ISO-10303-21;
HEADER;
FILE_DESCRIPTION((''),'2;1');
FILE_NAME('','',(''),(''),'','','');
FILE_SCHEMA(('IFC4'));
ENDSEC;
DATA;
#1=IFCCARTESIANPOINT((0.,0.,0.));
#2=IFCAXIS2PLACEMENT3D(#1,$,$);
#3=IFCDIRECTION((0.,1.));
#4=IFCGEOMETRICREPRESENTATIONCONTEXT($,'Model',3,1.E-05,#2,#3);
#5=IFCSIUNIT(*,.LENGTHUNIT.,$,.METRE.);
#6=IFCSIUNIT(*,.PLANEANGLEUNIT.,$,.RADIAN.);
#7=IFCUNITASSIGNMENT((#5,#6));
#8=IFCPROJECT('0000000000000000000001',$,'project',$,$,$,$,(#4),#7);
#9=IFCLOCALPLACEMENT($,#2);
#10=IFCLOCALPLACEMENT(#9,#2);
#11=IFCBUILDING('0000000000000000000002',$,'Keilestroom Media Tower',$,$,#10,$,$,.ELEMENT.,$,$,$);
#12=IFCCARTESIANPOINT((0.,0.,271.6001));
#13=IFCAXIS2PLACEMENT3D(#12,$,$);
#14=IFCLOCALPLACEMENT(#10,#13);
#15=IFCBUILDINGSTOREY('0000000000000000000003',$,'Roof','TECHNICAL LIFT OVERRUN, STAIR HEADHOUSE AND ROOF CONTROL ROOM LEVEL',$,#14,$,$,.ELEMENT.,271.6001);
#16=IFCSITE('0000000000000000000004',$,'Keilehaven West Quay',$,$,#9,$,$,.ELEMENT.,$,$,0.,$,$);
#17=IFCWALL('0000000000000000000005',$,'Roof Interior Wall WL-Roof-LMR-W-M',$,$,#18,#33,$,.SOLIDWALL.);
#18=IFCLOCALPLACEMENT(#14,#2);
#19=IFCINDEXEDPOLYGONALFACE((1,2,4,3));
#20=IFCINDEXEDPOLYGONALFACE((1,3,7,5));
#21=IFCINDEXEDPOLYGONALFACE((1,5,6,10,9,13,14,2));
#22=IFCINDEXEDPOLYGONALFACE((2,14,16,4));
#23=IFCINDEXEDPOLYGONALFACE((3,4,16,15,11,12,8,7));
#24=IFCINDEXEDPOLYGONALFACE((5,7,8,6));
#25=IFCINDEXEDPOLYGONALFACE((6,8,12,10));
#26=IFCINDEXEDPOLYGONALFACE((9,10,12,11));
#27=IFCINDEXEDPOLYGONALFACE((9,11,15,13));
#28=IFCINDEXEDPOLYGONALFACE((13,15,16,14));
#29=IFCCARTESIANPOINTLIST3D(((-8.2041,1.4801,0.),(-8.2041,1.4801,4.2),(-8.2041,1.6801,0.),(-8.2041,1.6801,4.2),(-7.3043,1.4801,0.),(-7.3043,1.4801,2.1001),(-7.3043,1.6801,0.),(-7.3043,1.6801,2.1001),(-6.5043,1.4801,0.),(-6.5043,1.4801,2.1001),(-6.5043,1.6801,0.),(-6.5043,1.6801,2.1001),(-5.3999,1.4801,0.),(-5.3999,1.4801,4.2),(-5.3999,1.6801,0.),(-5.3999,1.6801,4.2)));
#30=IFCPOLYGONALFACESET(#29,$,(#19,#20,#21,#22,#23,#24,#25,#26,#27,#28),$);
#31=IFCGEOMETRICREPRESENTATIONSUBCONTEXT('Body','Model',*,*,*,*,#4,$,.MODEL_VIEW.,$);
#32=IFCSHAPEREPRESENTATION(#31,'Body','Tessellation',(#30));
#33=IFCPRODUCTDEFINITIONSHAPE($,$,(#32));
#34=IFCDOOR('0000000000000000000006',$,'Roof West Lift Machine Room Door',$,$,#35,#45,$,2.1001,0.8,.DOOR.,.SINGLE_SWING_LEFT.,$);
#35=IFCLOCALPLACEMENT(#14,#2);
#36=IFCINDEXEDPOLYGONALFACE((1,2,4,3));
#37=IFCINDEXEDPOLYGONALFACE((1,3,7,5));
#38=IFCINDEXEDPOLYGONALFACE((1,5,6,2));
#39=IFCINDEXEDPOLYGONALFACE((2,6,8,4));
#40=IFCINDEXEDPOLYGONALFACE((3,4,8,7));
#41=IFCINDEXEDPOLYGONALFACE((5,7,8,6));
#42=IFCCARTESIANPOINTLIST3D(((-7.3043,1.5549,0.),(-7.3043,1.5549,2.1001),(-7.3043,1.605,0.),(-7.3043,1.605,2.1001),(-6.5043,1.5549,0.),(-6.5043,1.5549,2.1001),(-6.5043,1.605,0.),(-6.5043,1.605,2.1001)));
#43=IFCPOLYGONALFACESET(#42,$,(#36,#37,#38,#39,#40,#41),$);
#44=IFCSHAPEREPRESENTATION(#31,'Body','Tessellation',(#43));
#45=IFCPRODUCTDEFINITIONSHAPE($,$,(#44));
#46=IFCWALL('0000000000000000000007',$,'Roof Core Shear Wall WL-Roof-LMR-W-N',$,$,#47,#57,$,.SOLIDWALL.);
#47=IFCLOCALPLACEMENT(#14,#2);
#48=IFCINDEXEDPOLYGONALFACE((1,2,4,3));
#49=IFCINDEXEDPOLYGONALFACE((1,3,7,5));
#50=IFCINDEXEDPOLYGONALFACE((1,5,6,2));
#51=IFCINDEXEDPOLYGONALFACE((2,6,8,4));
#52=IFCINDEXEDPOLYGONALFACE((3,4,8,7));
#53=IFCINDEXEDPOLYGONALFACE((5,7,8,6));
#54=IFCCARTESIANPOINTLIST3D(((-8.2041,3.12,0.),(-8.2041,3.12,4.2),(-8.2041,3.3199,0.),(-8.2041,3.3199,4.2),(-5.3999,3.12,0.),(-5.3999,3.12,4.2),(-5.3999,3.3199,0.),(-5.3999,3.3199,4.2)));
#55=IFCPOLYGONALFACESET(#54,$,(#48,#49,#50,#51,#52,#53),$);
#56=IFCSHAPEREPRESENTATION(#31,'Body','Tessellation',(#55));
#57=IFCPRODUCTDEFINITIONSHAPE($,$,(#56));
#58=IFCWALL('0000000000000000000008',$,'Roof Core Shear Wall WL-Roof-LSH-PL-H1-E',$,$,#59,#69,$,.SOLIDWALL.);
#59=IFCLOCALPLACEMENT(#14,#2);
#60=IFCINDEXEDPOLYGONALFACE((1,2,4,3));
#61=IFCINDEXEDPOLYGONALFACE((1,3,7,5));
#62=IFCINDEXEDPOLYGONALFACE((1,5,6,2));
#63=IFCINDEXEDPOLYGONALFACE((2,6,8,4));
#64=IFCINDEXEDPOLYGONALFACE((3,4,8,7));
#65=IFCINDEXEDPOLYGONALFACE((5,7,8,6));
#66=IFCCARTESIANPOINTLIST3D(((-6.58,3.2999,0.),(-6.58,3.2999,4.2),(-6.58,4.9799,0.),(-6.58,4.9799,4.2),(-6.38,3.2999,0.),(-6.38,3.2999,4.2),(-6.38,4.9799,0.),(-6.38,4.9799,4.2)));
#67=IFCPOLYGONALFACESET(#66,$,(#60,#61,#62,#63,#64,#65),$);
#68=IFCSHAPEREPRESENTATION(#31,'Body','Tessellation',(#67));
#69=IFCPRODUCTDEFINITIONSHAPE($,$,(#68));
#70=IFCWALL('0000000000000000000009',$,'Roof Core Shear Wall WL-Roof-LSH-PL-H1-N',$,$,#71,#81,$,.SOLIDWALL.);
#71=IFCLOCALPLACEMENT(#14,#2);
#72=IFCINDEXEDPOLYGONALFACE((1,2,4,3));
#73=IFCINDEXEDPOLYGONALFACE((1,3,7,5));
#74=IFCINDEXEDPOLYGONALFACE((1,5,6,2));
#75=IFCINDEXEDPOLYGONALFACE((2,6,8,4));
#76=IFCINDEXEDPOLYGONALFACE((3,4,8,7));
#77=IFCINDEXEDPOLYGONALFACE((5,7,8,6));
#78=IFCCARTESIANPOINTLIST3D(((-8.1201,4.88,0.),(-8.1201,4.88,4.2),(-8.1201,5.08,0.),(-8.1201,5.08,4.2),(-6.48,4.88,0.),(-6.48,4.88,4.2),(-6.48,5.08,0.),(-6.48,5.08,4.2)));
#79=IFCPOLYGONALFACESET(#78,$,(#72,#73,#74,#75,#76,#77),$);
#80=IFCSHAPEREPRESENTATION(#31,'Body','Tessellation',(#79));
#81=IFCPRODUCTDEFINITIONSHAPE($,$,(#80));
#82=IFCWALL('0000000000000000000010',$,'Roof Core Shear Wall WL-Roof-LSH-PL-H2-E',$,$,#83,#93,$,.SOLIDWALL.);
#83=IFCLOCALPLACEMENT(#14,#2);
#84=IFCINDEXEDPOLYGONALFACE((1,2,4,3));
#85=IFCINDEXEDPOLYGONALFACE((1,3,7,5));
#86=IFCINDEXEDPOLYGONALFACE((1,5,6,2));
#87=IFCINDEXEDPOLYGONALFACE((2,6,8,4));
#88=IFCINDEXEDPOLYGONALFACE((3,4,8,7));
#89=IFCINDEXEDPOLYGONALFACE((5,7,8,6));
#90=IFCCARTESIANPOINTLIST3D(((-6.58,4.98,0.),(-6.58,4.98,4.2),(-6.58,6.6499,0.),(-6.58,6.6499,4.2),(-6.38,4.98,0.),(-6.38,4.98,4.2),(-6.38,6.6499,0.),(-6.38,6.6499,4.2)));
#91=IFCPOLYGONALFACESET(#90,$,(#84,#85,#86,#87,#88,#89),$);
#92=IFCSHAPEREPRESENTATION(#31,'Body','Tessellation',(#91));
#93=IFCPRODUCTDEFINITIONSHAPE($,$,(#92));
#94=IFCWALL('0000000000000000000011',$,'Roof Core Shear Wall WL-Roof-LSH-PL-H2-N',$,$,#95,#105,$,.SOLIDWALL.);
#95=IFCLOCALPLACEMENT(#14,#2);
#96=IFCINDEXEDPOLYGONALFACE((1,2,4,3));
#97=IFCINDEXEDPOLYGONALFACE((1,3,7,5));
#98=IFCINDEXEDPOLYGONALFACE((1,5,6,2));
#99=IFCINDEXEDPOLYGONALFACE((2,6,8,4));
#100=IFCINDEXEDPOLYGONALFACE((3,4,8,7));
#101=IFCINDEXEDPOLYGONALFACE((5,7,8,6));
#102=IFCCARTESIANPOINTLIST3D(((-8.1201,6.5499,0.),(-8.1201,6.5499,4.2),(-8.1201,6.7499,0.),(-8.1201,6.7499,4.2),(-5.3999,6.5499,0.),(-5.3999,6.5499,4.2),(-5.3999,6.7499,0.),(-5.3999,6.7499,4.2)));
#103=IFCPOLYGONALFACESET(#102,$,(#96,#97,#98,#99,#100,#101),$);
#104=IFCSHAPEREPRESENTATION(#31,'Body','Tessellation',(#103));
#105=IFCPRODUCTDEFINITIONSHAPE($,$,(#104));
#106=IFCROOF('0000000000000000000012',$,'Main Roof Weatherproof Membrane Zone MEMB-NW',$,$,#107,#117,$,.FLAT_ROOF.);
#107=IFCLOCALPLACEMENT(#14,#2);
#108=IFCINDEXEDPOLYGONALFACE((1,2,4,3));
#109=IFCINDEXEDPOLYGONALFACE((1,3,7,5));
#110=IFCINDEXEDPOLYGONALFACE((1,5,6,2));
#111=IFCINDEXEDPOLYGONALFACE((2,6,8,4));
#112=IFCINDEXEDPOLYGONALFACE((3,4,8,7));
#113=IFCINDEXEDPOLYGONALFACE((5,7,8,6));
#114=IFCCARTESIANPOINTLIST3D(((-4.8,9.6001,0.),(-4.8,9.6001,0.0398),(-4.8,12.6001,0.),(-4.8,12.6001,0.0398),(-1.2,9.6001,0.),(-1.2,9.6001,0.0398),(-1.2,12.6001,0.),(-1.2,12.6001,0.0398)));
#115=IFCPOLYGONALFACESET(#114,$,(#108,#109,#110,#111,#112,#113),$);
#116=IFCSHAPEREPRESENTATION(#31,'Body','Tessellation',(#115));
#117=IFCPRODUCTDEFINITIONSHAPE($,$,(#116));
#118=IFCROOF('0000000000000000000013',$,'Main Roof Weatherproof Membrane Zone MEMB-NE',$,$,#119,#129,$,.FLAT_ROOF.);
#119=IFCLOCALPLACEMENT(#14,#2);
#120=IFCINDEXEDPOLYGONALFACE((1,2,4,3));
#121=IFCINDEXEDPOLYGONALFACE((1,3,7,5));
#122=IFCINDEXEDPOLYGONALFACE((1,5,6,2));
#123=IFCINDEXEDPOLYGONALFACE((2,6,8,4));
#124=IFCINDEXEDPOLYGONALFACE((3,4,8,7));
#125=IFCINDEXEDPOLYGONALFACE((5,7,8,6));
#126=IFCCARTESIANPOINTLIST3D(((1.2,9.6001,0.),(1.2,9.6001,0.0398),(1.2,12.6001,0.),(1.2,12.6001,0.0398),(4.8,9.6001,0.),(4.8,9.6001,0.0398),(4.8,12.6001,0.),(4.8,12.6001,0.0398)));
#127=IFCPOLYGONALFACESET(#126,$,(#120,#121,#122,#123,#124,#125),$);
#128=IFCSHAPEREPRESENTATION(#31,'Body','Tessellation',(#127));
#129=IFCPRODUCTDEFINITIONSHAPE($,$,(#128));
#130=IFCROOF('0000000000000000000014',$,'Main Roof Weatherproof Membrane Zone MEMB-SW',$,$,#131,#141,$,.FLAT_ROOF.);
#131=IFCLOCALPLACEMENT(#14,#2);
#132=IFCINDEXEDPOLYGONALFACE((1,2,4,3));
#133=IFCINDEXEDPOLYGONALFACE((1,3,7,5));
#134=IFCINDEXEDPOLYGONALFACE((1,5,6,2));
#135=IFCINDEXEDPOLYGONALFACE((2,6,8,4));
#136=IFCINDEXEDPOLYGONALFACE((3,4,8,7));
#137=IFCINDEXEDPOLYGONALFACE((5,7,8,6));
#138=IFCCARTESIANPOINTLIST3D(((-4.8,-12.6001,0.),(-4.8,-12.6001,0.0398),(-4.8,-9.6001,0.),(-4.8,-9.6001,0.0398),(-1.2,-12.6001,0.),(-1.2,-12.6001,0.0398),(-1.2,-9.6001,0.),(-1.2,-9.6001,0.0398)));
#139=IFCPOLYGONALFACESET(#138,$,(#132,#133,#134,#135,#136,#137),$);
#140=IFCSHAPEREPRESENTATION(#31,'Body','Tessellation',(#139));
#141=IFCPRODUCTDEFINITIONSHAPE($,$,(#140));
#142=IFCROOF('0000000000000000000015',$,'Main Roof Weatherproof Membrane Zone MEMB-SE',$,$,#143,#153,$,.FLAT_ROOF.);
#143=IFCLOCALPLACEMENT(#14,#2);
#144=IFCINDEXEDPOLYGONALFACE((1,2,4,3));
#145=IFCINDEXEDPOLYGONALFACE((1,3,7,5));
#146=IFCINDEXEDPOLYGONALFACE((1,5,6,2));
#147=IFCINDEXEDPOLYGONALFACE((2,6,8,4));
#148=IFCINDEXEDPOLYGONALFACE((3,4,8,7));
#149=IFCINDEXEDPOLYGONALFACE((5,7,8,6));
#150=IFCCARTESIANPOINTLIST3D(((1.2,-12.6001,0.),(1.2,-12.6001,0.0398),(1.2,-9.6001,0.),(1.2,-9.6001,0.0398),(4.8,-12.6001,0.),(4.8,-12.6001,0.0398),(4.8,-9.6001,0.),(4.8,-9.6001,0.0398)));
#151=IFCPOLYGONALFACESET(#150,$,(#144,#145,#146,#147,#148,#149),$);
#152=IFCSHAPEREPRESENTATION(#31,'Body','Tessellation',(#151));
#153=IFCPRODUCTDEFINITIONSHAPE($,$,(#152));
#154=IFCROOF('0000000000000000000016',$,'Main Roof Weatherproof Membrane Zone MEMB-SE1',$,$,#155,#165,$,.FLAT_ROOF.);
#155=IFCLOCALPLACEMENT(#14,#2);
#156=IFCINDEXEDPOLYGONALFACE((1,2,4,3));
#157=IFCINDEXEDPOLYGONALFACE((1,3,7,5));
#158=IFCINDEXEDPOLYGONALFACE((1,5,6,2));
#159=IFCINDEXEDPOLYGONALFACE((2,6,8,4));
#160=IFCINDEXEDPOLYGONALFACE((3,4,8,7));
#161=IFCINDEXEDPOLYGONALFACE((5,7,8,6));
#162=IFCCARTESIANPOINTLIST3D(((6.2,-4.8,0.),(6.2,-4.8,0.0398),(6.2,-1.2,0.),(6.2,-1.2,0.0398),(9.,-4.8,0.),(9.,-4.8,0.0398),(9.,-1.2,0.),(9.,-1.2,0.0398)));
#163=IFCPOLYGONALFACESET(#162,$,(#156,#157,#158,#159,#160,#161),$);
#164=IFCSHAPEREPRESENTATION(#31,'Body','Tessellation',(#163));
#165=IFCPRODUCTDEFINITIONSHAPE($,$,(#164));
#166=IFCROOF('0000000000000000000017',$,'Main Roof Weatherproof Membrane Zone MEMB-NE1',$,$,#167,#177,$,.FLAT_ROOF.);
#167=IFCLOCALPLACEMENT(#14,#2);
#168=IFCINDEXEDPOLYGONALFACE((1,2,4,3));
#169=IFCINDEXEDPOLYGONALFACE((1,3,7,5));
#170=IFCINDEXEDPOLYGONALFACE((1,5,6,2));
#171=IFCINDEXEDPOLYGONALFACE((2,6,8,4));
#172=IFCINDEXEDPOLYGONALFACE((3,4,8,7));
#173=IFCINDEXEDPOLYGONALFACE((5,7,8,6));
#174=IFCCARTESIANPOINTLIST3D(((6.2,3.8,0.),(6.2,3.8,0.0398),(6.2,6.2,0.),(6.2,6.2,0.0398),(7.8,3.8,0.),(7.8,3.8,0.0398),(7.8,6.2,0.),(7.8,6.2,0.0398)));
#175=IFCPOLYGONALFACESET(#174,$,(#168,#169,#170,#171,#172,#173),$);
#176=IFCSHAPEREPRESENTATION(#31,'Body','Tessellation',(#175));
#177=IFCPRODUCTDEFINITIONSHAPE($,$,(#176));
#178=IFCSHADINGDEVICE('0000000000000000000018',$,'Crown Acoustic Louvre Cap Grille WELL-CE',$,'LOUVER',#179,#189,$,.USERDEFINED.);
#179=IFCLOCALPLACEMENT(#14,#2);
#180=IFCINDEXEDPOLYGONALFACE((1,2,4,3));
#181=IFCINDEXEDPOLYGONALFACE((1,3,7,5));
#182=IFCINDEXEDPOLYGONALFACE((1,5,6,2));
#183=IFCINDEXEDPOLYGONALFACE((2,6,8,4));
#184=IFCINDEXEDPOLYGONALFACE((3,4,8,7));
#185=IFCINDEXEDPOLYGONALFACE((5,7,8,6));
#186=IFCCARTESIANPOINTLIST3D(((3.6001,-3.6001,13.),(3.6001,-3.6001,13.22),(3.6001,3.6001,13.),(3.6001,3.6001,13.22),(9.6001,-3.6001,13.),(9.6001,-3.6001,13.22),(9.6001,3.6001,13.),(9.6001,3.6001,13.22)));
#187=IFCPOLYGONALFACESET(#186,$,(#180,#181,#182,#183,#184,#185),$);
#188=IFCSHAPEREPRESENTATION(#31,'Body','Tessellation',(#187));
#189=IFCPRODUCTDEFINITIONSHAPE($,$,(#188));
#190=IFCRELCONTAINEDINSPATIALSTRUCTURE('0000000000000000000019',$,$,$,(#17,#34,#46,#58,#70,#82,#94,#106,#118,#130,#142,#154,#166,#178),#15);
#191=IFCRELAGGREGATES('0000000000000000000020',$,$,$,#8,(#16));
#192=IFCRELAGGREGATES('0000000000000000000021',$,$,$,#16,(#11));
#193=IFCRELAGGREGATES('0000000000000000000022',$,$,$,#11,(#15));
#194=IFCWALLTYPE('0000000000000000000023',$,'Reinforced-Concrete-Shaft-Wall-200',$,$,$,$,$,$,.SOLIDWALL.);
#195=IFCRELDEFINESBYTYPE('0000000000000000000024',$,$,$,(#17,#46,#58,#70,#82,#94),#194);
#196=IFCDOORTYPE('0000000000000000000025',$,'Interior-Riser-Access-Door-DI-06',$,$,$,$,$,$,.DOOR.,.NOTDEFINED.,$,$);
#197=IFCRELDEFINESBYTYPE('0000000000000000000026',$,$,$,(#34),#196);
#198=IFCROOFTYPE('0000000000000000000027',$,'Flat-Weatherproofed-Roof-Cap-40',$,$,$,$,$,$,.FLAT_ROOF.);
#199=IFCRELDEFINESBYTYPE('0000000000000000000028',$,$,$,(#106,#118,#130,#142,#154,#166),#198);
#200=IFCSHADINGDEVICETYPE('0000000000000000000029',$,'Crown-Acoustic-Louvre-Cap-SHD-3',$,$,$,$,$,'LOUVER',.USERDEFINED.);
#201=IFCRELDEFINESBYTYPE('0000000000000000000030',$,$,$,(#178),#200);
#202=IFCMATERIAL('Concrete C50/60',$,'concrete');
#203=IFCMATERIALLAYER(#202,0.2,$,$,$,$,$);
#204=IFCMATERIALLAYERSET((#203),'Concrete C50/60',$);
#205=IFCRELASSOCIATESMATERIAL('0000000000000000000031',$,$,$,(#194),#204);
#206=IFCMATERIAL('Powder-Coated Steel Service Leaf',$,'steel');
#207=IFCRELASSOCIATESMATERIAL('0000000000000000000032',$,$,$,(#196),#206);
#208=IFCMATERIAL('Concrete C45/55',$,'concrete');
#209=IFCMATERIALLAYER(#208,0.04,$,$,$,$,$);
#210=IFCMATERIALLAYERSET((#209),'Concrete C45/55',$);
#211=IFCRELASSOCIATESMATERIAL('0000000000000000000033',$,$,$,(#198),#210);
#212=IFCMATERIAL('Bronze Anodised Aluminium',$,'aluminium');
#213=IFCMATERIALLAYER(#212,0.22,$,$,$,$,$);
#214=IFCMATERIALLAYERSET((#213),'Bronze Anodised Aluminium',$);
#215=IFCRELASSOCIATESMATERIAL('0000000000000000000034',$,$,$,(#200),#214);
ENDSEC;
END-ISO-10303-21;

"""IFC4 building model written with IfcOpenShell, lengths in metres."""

from ifc_helpers import new_model, si_unit, direction, frame, frame_2d, origin, place, context, subcontext, project, spatial, polyline, rectangle, outline, extrude, source, transform, mapped, material, layer, layer_set, type_object, element, fill, save


model = new_model("IFC4")

# Units and contexts
model_context = context("Model", 3, precision=1e-05, world=origin(), true_north=direction((0.0, 1.0)))
body_context = subcontext(model_context, "Body", "Model", "MODEL_VIEW")
ifc_project = project(units=[si_unit("LENGTHUNIT", "METRE"), si_unit("PLANEANGLEUNIT", "RADIAN")], contexts=[model_context])

# Site, building, storey
site_placement = place(None, origin())
site = spatial("IfcSite", under=ifc_project, at=site_placement, Name="Keilehaven West Quay", CompositionType="ELEMENT", RefElevation=0.0)
building_placement = place(site_placement, origin())
building = spatial("IfcBuilding", under=site, at=building_placement, Name="Keilestroom Media Tower", CompositionType="ELEMENT")
storey_placement = place(building_placement, frame((0.0, 0.0, 271.6001)))
storey = spatial("IfcBuildingStorey", under=building, at=storey_placement, Name="Roof", Description="TECHNICAL LIFT OVERRUN, STAIR HEADHOUSE AND ROOF CONTROL ROOM LEVEL", CompositionType="ELEMENT", Elevation=271.6001)

# Shared definitions
ifc_material_1 = material(Name="Bronze Anodised Aluminium", Category="aluminium")

# Wall, opening, door
ifc_material_2 = material(Name="Concrete C50/60", Category="concrete")
ifc_layer_1 = layer(ifc_material_2, 0.2)
ifc_layer_set_1 = layer_set([ifc_layer_1], Name="Concrete C50/60")
wall_type = type_object("IfcWallType", Name="Reinforced-Concrete-Shaft-Wall-200", PredefinedType="SOLIDWALL", material=ifc_layer_set_1)
wall_1_placement = place(storey_placement, frame((-8.2041, 1.5801, 0.0), z_axis=(0.0, 0.0, 1.0), x_axis=(1.0, 0.0, 0.0)))
wall_1 = element("IfcWall", 1, at=wall_1_placement, inside=storey, type_object=wall_type, Name="Roof Interior Wall WL-Roof-LMR-W-M", PredefinedType="SOLIDWALL", context=body_context, shape_type="SweptSolid", body=[
    extrude(rectangle(XDim=2.8042, YDim=0.2, at=frame_2d((1.4021, 0.0))), origin(), (0.0, 0.0, 1.0), 4.2),
])
opening_placement = place(wall_1_placement, frame((0.8999, 0.0, 0.0)))
opening = element("IfcOpeningElement", 2, at=opening_placement, cuts=wall_1, PredefinedType="OPENING", context=body_context, shape_type="SweptSolid", body=[
    extrude(rectangle(XDim=0.8, YDim=2.1001, at=frame_2d((0.3999, 1.05))), frame((0.0, 0.1099, 0.0), z_axis=(0.0, -1.0, 0.0), x_axis=(1.0, 0.0, 0.0)), (0.0, 0.0, 1.0), 0.22),
])
ifc_material_3 = material(Name="Powder-Coated Steel Service Leaf", Category="steel")
door_type = type_object("IfcDoorType", Name="Interior-Riser-Access-Door-DI-06", OperationType="NOTDEFINED", PredefinedType="DOOR", material=ifc_material_3)
shared_shape_1 = source(origin(), body_context, "Body", "SweptSolid", [
    extrude(rectangle(XDim=0.8, YDim=2.1001, at=frame_2d((0.3999, 1.05))), frame((0.0, 0.0249, 0.0), z_axis=(0.0, -1.0, 0.0), x_axis=(1.0, 0.0, 0.0)), (0.0, 0.0, 1.0), 0.05),
])
door_placement = place(opening_placement, origin())
door = element("IfcDoor", 3, at=door_placement, inside=storey, type_object=door_type, Name="Roof West Lift Machine Room Door", OperationType="SINGLE_SWING_LEFT", OverallHeight=2.1001, OverallWidth=0.8, PredefinedType="DOOR", context=body_context, shape_type="MappedRepresentation", body=[
    mapped(shared_shape_1, transform((0.0, 0.0, 0.0), x_axis=(1.0, 0.0, 0.0), y_axis=(0.0, 1.0, 0.0), z_axis=(0.0, 0.0, 1.0), scale=1.0)),
])
fill(opening, door)

# Walls
wall_2_placement = place(storey_placement, frame((-8.2041, 3.22, 0.0), z_axis=(0.0, 0.0, 1.0), x_axis=(1.0, 0.0, 0.0)))
element("IfcWall", 4, at=wall_2_placement, inside=storey, type_object=wall_type, Name="Roof Core Shear Wall WL-Roof-LMR-W-N", PredefinedType="SOLIDWALL", context=body_context, shape_type="SweptSolid", body=[
    extrude(rectangle(XDim=2.8042, YDim=0.2, at=frame_2d((1.4021, 0.0))), origin(), (0.0, 0.0, 1.0), 4.2),
])
wall_3_placement = place(storey_placement, frame((-6.48, 3.3, 0.0), z_axis=(0.0, 0.0, 1.0), x_axis=(0.0, 1.0, 0.0)))
element("IfcWall", 5, at=wall_3_placement, inside=storey, type_object=wall_type, Name="Roof Core Shear Wall WL-Roof-LSH-PL-H1-E", PredefinedType="SOLIDWALL", context=body_context, shape_type="SweptSolid", body=[
    extrude(rectangle(XDim=1.6799, YDim=0.2, at=frame_2d((0.8398, 0.0))), origin(), (0.0, 0.0, 1.0), 4.2),
])
wall_4_placement = place(storey_placement, frame((-8.1201, 4.98, 0.0), z_axis=(0.0, 0.0, 1.0), x_axis=(1.0, 0.0, 0.0)))
element("IfcWall", 6, at=wall_4_placement, inside=storey, type_object=wall_type, Name="Roof Core Shear Wall WL-Roof-LSH-PL-H1-N", PredefinedType="SOLIDWALL", context=body_context, shape_type="SweptSolid", body=[
    extrude(rectangle(XDim=1.6401, YDim=0.2, at=frame_2d((0.8201, 0.0))), origin(), (0.0, 0.0, 1.0), 4.2),
])
wall_5_placement = place(storey_placement, frame((-6.48, 4.98, 0.0), z_axis=(0.0, 0.0, 1.0), x_axis=(0.0, 1.0, 0.0)))
element("IfcWall", 7, at=wall_5_placement, inside=storey, type_object=wall_type, Name="Roof Core Shear Wall WL-Roof-LSH-PL-H2-E", PredefinedType="SOLIDWALL", context=body_context, shape_type="SweptSolid", body=[
    extrude(rectangle(XDim=1.6699, YDim=0.2, at=frame_2d((0.835, 0.0))), origin(), (0.0, 0.0, 1.0), 4.2),
])
wall_6_placement = place(storey_placement, frame((-8.1201, 6.6499, 0.0), z_axis=(0.0, 0.0, 1.0), x_axis=(1.0, 0.0, 0.0)))
element("IfcWall", 8, at=wall_6_placement, inside=storey, type_object=wall_type, Name="Roof Core Shear Wall WL-Roof-LSH-PL-H2-N", PredefinedType="SOLIDWALL", context=body_context, shape_type="SweptSolid", body=[
    extrude(rectangle(XDim=2.7202, YDim=0.2, at=frame_2d((1.3601, 0.0))), origin(), (0.0, 0.0, 1.0), 4.2),
])

# Roofs
ifc_material_4 = material(Name="Concrete C45/55", Category="concrete")
ifc_layer_2 = layer(ifc_material_4, 0.04)
ifc_layer_set_2 = layer_set([ifc_layer_2], Name="Concrete C45/55")
roof_type = type_object("IfcRoofType", Name="Flat-Weatherproofed-Roof-Cap-40", PredefinedType="FLAT_ROOF", material=ifc_layer_set_2)
roof_1_placement = place(storey_placement, origin())
element("IfcRoof", 9, at=roof_1_placement, inside=storey, type_object=roof_type, Name="Main Roof Weatherproof Membrane Zone MEMB-NW", PredefinedType="FLAT_ROOF", context=body_context, shape_type="SweptSolid", body=[
    extrude(outline(polyline([(-4.8, 9.6001), (-1.2, 9.6001), (-1.2, 12.6001), (-4.8, 12.6001), (-4.8, 9.6001)])), origin(), (0.0, 0.0, 1.0), 0.0398),
])
roof_2_placement = place(storey_placement, origin())
element("IfcRoof", 10, at=roof_2_placement, inside=storey, type_object=roof_type, Name="Main Roof Weatherproof Membrane Zone MEMB-NE", PredefinedType="FLAT_ROOF", context=body_context, shape_type="SweptSolid", body=[
    extrude(outline(polyline([(1.2, 9.6001), (4.8, 9.6001), (4.8, 12.6001), (1.2, 12.6001), (1.2, 9.6001)])), origin(), (0.0, 0.0, 1.0), 0.0398),
])
roof_3_placement = place(storey_placement, origin())
element("IfcRoof", 11, at=roof_3_placement, inside=storey, type_object=roof_type, Name="Main Roof Weatherproof Membrane Zone MEMB-SW", PredefinedType="FLAT_ROOF", context=body_context, shape_type="SweptSolid", body=[
    extrude(outline(polyline([(-4.8, -12.6001), (-1.2, -12.6001), (-1.2, -9.6001), (-4.8, -9.6001), (-4.8, -12.6001)])), origin(), (0.0, 0.0, 1.0), 0.0398),
])
roof_4_placement = place(storey_placement, origin())
element("IfcRoof", 12, at=roof_4_placement, inside=storey, type_object=roof_type, Name="Main Roof Weatherproof Membrane Zone MEMB-SE", PredefinedType="FLAT_ROOF", context=body_context, shape_type="SweptSolid", body=[
    extrude(outline(polyline([(1.2, -12.6001), (4.8, -12.6001), (4.8, -9.6001), (1.2, -9.6001), (1.2, -12.6001)])), origin(), (0.0, 0.0, 1.0), 0.0398),
])
roof_5_placement = place(storey_placement, origin())
element("IfcRoof", 13, at=roof_5_placement, inside=storey, type_object=roof_type, Name="Main Roof Weatherproof Membrane Zone MEMB-SE1", PredefinedType="FLAT_ROOF", context=body_context, shape_type="SweptSolid", body=[
    extrude(outline(polyline([(6.2, -4.8), (9.0, -4.8), (9.0, -1.2), (6.2, -1.2), (6.2, -4.8)])), origin(), (0.0, 0.0, 1.0), 0.0398),
])
roof_6_placement = place(storey_placement, origin())
element("IfcRoof", 14, at=roof_6_placement, inside=storey, type_object=roof_type, Name="Main Roof Weatherproof Membrane Zone MEMB-NE1", PredefinedType="FLAT_ROOF", context=body_context, shape_type="SweptSolid", body=[
    extrude(outline(polyline([(6.2, 3.8), (7.8, 3.8), (7.8, 6.2), (6.2, 6.2), (6.2, 3.8)])), origin(), (0.0, 0.0, 1.0), 0.0398),
])

# Shading device
ifc_layer_3 = layer(ifc_material_1, 0.22)
ifc_layer_set_3 = layer_set([ifc_layer_3], Name="Bronze Anodised Aluminium")
shading_device_type = type_object("IfcShadingDeviceType", Name="Crown-Acoustic-Louvre-Cap-SHD-3", ElementType="LOUVER", PredefinedType="USERDEFINED", material=ifc_layer_set_3)
shading_device_1_placement = place(storey_placement, frame((0.0, 0.0, 13.0)))
element("IfcShadingDevice", 15, at=shading_device_1_placement, inside=storey, type_object=shading_device_type, Name="Crown Acoustic Louvre Cap Grille WELL-CE", ObjectType="LOUVER", PredefinedType="USERDEFINED", context=body_context, shape_type="SweptSolid", body=[
    extrude(outline(polyline([(3.6001, -3.6001), (9.6001, -3.6001), (9.6001, 3.6001), (3.6001, 3.6001), (3.6001, -3.6001)])), origin(), (0.0, 0.0, 1.0), 0.22),
])

save(model, "model.ifc")
